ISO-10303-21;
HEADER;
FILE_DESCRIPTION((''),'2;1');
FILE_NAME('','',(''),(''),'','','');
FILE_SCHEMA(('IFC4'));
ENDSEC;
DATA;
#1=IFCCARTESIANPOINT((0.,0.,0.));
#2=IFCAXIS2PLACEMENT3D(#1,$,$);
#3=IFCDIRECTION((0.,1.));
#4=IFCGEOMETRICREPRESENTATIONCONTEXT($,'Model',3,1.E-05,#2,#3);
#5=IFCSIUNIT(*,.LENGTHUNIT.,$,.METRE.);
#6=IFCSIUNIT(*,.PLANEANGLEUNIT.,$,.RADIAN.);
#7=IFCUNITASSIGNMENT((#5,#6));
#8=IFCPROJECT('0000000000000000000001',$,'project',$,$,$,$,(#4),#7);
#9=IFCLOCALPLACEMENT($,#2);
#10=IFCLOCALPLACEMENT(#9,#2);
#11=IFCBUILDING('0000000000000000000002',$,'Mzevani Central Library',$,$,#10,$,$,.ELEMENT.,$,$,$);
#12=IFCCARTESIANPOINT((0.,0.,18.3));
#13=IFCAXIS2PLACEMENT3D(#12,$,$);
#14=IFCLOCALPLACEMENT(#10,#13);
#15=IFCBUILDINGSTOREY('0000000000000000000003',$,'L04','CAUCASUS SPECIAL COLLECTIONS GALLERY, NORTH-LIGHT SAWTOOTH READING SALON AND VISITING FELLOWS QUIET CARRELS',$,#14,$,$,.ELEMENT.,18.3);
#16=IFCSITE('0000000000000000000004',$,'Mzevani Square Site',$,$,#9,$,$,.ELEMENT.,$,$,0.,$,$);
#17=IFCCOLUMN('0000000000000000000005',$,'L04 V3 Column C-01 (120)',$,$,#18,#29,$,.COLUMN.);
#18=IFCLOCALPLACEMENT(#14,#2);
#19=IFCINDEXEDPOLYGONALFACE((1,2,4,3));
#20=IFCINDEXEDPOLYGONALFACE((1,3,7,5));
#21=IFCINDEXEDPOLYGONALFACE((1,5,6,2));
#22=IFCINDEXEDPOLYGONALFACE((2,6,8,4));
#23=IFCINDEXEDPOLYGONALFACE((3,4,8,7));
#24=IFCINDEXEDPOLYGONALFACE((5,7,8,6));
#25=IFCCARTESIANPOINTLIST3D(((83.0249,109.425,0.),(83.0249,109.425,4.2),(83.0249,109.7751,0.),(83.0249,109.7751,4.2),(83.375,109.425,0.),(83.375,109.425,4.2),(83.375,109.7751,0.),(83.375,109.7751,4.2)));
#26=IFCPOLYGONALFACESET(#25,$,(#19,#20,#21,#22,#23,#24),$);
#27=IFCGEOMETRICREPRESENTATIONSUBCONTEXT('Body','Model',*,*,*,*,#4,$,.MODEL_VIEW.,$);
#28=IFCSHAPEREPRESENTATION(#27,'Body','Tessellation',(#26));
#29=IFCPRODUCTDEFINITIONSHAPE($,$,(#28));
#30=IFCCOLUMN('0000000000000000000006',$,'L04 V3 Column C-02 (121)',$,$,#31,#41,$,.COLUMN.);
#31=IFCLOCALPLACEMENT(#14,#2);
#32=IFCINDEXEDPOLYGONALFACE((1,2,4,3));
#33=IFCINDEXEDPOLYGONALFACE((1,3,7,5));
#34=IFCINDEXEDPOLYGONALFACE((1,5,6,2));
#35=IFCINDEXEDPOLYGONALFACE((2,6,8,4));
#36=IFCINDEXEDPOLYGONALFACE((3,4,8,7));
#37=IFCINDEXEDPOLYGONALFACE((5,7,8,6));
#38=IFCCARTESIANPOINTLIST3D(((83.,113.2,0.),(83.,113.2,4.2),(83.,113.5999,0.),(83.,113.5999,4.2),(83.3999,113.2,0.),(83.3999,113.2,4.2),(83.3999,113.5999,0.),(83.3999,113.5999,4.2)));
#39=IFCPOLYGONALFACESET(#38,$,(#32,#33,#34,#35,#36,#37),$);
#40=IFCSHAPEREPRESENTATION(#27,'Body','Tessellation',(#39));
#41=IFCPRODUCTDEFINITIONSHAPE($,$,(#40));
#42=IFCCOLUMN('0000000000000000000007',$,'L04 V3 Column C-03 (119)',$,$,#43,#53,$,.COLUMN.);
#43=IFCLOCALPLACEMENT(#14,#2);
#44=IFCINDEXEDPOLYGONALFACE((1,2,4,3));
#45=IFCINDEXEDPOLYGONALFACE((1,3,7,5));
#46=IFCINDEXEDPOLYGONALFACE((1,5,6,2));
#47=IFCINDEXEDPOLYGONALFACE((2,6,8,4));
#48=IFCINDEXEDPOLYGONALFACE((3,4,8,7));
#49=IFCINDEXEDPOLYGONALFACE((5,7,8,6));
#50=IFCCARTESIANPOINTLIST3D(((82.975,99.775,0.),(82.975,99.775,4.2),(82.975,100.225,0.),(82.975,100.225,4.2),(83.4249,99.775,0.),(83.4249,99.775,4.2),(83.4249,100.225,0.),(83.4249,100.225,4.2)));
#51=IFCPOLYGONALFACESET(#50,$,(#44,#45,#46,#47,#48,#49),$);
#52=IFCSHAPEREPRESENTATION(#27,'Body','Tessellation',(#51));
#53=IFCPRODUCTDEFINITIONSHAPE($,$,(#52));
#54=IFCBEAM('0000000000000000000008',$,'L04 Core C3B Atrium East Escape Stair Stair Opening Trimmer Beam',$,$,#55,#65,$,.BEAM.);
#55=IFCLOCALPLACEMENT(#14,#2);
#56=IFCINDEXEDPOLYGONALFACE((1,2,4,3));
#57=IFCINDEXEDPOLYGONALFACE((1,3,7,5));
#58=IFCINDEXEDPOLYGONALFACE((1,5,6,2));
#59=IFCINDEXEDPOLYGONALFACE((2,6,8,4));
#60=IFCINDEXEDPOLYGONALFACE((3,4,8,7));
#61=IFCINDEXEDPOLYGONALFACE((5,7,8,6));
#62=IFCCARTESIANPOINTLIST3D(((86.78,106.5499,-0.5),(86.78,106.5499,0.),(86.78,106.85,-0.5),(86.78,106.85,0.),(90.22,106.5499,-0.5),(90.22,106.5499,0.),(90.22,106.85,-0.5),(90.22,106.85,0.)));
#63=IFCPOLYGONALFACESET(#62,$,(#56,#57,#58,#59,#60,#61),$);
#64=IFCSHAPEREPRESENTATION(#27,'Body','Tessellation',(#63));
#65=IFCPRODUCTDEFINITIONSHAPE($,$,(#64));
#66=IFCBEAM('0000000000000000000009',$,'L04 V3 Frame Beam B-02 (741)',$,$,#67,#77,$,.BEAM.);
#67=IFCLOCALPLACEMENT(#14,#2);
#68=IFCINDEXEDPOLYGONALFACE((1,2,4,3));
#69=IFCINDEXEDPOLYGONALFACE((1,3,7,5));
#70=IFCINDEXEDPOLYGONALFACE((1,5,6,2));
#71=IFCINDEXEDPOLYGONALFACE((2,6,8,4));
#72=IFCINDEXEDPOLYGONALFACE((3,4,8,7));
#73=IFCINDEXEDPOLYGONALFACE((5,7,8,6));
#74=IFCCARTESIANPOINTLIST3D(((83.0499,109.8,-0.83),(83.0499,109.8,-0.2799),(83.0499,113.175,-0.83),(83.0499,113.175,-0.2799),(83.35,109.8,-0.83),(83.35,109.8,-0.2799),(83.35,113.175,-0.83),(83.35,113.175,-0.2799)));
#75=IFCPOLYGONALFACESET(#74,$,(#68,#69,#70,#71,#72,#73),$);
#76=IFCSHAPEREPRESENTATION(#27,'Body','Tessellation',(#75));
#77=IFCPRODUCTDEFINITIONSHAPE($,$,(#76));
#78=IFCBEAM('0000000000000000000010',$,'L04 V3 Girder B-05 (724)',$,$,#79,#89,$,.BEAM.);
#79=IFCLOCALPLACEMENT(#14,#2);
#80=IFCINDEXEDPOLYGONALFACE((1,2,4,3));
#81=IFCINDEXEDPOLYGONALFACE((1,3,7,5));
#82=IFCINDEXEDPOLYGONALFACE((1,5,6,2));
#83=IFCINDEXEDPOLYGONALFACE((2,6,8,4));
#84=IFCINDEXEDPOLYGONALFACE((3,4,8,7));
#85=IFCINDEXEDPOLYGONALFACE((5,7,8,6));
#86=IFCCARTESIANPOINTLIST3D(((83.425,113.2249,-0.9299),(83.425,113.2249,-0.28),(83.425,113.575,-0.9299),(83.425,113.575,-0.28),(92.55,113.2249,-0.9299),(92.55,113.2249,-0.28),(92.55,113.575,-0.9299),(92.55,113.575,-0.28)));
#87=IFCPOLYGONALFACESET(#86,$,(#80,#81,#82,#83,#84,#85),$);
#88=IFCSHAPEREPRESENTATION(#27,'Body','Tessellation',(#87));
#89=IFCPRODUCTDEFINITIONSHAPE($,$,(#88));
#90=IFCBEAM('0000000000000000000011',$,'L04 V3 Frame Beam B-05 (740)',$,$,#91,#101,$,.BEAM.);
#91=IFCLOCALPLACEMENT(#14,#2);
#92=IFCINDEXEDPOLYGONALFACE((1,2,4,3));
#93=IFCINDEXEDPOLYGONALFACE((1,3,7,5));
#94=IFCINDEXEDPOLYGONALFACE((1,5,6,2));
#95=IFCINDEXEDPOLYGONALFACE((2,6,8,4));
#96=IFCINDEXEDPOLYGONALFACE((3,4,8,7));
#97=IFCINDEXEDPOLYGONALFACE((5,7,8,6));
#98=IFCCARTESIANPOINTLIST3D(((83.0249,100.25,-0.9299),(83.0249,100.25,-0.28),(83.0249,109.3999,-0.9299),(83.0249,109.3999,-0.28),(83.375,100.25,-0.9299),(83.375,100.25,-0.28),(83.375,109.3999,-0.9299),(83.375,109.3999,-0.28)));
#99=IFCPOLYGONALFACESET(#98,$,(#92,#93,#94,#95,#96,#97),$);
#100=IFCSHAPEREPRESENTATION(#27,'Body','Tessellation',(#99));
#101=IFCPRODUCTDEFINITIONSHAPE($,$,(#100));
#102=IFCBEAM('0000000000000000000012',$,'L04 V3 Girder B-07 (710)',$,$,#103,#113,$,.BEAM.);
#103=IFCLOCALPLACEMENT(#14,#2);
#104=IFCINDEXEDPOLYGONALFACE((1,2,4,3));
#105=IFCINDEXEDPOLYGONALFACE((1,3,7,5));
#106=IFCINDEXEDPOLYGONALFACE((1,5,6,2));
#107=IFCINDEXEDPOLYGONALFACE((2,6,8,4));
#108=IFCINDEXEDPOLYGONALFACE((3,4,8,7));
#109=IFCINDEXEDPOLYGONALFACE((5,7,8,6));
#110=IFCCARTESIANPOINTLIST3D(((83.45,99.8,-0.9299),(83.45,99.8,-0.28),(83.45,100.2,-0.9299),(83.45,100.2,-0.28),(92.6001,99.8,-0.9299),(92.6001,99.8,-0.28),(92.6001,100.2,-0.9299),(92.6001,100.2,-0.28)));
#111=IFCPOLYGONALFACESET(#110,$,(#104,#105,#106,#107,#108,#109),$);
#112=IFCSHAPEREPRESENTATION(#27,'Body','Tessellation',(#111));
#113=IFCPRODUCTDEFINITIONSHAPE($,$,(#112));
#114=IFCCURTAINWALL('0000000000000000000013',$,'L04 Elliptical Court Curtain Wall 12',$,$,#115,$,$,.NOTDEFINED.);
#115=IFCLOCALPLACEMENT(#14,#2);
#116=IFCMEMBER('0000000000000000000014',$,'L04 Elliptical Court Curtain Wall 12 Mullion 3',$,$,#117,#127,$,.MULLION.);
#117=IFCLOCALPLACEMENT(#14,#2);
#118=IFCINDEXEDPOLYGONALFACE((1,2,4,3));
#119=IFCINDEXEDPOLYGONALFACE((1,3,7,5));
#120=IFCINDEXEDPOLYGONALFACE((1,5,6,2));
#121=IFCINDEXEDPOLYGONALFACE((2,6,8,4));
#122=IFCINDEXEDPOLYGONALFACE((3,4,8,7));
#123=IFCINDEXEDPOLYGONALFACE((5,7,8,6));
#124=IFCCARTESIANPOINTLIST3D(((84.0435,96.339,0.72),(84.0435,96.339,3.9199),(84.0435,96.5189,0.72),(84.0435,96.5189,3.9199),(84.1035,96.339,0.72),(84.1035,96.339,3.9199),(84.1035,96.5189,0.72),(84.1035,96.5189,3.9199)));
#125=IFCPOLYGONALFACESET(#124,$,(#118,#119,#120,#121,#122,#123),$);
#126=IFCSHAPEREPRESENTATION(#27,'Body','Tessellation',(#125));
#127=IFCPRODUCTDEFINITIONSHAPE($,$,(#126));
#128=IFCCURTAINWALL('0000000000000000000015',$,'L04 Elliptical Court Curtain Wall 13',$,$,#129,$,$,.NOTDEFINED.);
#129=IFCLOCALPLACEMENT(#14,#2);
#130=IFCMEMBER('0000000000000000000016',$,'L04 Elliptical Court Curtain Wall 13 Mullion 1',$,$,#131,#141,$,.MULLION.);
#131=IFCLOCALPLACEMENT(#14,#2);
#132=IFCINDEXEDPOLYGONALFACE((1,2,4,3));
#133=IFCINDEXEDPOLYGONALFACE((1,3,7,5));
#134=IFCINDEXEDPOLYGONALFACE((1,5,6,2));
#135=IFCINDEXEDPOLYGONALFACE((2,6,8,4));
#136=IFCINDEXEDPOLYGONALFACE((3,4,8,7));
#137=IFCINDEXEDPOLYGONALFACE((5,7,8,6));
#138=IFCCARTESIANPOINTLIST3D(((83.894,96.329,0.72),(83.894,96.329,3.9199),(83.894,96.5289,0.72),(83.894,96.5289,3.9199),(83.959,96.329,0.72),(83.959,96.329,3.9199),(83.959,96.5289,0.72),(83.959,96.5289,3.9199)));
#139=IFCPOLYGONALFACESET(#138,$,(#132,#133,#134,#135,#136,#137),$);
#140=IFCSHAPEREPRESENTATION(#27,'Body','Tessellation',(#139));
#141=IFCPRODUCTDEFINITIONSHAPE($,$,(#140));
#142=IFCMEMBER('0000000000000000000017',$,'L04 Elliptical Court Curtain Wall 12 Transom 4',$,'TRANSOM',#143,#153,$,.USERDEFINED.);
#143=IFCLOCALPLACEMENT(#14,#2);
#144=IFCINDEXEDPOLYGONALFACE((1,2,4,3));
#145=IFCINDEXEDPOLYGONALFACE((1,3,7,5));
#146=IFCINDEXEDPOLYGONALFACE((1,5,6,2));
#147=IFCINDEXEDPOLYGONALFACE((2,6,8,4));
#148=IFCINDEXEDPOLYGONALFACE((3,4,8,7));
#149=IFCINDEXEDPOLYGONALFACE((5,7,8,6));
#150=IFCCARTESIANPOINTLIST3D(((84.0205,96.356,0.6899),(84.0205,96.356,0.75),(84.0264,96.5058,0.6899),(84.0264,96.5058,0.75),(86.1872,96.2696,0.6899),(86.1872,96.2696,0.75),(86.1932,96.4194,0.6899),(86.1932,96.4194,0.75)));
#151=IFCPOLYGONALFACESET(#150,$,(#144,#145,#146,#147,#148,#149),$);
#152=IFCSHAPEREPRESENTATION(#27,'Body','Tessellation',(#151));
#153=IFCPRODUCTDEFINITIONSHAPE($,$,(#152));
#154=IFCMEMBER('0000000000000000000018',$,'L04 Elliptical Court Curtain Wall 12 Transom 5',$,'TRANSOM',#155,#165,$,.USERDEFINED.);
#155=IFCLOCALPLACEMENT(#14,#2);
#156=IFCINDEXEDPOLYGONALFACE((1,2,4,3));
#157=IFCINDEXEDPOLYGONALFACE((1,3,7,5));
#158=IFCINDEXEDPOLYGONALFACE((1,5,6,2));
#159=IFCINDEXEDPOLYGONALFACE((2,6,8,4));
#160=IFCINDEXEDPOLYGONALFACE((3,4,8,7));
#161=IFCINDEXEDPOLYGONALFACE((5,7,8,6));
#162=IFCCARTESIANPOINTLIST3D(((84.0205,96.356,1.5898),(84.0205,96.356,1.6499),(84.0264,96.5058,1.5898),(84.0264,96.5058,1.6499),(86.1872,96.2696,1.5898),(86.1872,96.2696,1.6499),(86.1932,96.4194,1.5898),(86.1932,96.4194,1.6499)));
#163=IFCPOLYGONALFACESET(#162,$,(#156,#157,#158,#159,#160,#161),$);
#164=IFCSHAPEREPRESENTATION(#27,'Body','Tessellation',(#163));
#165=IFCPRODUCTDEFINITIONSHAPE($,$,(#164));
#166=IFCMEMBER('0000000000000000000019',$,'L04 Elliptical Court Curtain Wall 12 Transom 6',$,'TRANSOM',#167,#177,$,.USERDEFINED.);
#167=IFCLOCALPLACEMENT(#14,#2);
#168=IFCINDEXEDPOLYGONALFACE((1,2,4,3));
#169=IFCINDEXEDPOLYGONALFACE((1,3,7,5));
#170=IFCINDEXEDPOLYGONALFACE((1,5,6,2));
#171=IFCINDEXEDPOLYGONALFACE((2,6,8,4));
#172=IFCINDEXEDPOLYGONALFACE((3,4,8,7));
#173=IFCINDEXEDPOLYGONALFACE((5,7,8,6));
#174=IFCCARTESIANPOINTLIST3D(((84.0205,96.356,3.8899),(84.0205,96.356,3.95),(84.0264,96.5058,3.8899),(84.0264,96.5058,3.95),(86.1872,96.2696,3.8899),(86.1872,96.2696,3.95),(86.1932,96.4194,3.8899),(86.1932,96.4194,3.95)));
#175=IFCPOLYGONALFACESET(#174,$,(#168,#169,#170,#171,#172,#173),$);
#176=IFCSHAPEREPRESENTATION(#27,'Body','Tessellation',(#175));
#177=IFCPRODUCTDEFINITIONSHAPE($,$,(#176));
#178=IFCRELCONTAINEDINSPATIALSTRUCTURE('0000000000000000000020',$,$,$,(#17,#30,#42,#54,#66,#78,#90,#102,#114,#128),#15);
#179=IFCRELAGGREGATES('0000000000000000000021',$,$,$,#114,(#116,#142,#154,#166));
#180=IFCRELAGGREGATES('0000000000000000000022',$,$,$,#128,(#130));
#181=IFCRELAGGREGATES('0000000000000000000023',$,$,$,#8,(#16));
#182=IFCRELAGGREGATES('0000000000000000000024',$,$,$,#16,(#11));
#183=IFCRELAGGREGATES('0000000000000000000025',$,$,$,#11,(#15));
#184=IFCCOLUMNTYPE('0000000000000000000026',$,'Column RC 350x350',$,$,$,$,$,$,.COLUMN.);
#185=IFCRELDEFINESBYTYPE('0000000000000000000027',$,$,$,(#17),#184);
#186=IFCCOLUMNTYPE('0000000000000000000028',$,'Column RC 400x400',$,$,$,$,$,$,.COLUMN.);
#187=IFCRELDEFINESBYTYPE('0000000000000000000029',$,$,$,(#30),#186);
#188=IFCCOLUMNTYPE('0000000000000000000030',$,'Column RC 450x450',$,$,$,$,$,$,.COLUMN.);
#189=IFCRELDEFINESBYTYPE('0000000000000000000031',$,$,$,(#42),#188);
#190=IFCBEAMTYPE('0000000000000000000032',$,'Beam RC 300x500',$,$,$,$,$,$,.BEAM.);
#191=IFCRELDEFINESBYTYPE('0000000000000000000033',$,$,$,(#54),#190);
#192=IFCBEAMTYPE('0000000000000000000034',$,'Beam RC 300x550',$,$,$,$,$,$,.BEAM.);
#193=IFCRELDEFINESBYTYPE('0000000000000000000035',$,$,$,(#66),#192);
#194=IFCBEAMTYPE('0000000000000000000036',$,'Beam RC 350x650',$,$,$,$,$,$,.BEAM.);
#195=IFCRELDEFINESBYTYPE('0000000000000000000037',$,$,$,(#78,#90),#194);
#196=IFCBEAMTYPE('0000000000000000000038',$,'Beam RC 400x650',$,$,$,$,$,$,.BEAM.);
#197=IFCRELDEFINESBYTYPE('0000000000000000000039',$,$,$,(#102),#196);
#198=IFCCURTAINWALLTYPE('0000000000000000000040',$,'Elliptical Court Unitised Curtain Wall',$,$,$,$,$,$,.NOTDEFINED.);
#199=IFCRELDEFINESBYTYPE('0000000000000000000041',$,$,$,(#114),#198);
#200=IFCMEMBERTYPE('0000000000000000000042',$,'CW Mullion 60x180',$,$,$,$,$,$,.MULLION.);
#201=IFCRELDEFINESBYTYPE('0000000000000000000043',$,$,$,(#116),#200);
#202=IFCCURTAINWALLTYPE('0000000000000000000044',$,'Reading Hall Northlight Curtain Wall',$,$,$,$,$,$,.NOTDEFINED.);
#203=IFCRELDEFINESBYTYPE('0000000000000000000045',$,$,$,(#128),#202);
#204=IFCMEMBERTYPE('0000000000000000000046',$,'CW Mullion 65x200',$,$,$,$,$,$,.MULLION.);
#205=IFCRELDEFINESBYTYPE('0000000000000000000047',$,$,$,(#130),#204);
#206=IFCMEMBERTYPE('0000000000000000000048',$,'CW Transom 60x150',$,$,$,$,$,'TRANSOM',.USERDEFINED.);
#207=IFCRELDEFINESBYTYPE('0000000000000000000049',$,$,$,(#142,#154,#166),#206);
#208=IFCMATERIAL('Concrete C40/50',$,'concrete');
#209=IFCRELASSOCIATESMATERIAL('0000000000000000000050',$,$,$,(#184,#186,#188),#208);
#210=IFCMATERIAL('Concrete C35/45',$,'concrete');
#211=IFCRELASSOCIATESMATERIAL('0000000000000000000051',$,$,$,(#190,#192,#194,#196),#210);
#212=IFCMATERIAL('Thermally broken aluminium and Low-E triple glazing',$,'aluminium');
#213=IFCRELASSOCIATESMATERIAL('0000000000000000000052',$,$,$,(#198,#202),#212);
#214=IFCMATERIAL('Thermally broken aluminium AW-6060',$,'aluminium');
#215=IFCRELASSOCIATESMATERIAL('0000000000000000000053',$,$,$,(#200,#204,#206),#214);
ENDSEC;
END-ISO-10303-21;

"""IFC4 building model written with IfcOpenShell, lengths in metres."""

from ifc_helpers import new_model, si_unit, direction, frame, origin, origin_2d, place, context, subcontext, project, spatial, rectangle, extrude, material, material_profile, profile_set, type_object, element, aggregate, save


model = new_model("IFC4")

# Units and contexts
model_context = context("Model", 3, precision=1e-05, world=origin(), true_north=direction((0.0, 1.0)))
body_context = subcontext(model_context, "Body", "Model", "MODEL_VIEW")
ifc_project = project(units=[si_unit("LENGTHUNIT", "METRE"), si_unit("PLANEANGLEUNIT", "RADIAN")], contexts=[model_context])

# Site, building, storey
site_placement = place(None, origin())
site = spatial("IfcSite", under=ifc_project, at=site_placement, Name="Mzevani Square Site", CompositionType="ELEMENT", RefElevation=0.0)
building_placement = place(site_placement, origin())
building = spatial("IfcBuilding", under=site, at=building_placement, Name="Mzevani Central Library", CompositionType="ELEMENT")
storey_placement = place(building_placement, frame((0.0, 0.0, 18.3)))
storey = spatial("IfcBuildingStorey", under=building, at=storey_placement, Name="L04", Description="CAUCASUS SPECIAL COLLECTIONS GALLERY, NORTH-LIGHT SAWTOOTH READING SALON AND VISITING FELLOWS QUIET CARRELS", CompositionType="ELEMENT", Elevation=18.3)

# Columns
ifc_material_1 = material(Name="Concrete C40/50", Category="concrete")
ifc_material_profile_1 = material_profile(ifc_material_1, rectangle(XDim=0.3501, YDim=0.3501, at=origin_2d()), Name="RC 350x350")
ifc_profile_set_1 = profile_set([ifc_material_profile_1], Name="Concrete C40/50")
column_type_1 = type_object("IfcColumnType", Name="Column RC 350x350", PredefinedType="COLUMN", material=ifc_profile_set_1)
column_1_placement = place(storey_placement, frame((83.2, 109.6001, 0.0), z_axis=(0.0, 0.0, 1.0), x_axis=(1.0, 0.0, 0.0)))
element("IfcColumn", 1, at=column_1_placement, inside=storey, type_object=column_type_1, Name="L04 V3 Column C-01 (120)", PredefinedType="COLUMN", context=body_context, shape_type="SweptSolid", body=[
    extrude(rectangle(XDim=0.3501, YDim=0.3501, at=origin_2d()), origin(), (0.0, 0.0, 1.0), 4.2),
])
ifc_material_profile_2 = material_profile(ifc_material_1, rectangle(XDim=0.3999, YDim=0.3999, at=origin_2d()), Name="RC 400x400")
ifc_profile_set_2 = profile_set([ifc_material_profile_2], Name="Concrete C40/50")
column_type_2 = type_object("IfcColumnType", Name="Column RC 400x400", PredefinedType="COLUMN", material=ifc_profile_set_2)
column_2_placement = place(storey_placement, frame((83.2, 113.3999, 0.0), z_axis=(0.0, 0.0, 1.0), x_axis=(1.0, 0.0, 0.0)))
element("IfcColumn", 2, at=column_2_placement, inside=storey, type_object=column_type_2, Name="L04 V3 Column C-02 (121)", PredefinedType="COLUMN", context=body_context, shape_type="SweptSolid", body=[
    extrude(rectangle(XDim=0.3999, YDim=0.3999, at=origin_2d()), origin(), (0.0, 0.0, 1.0), 4.2),
])
ifc_material_profile_3 = material_profile(ifc_material_1, rectangle(XDim=0.45, YDim=0.45, at=origin_2d()), Name="RC 450x450")
ifc_profile_set_3 = profile_set([ifc_material_profile_3], Name="Concrete C40/50")
column_type_3 = type_object("IfcColumnType", Name="Column RC 450x450", PredefinedType="COLUMN", material=ifc_profile_set_3)
column_3_placement = place(storey_placement, frame((83.2, 100.0, 0.0), z_axis=(0.0, 0.0, 1.0), x_axis=(1.0, 0.0, 0.0)))
element("IfcColumn", 3, at=column_3_placement, inside=storey, type_object=column_type_3, Name="L04 V3 Column C-03 (119)", PredefinedType="COLUMN", context=body_context, shape_type="SweptSolid", body=[
    extrude(rectangle(XDim=0.45, YDim=0.45, at=origin_2d()), origin(), (0.0, 0.0, 1.0), 4.2),
])

# Beams
ifc_material_2 = material(Name="Concrete C35/45", Category="concrete")
ifc_material_profile_4 = material_profile(ifc_material_2, rectangle(XDim=0.3, YDim=0.5, at=origin_2d()), Name="RC B300x500")
ifc_profile_set_4 = profile_set([ifc_material_profile_4], Name="Concrete C35/45")
beam_type_1 = type_object("IfcBeamType", Name="Beam RC 300x500", PredefinedType="BEAM", material=ifc_profile_set_4)
beam_1_placement = place(storey_placement, frame((86.78, 106.7, -0.25), z_axis=(1.0, 0.0, 0.0), x_axis=(0.0, 1.0, 0.0)))
element("IfcBeam", 4, at=beam_1_placement, inside=storey, type_object=beam_type_1, Name="L04 Core C3B Atrium East Escape Stair Stair Opening Trimmer Beam", PredefinedType="BEAM", context=body_context, shape_type="SweptSolid", body=[
    extrude(rectangle(XDim=0.3, YDim=0.5, at=origin_2d()), origin(), (0.0, 0.0, 1.0), 3.4399),
])
ifc_material_profile_5 = material_profile(ifc_material_2, rectangle(XDim=0.3, YDim=0.55, at=origin_2d()), Name="RC B300x550")
ifc_profile_set_5 = profile_set([ifc_material_profile_5], Name="Concrete C35/45")
beam_type_2 = type_object("IfcBeamType", Name="Beam RC 300x550", PredefinedType="BEAM", material=ifc_profile_set_5)
beam_2_placement = place(storey_placement, frame((83.2, 109.8, -0.5549), z_axis=(0.0, 1.0, 0.0), x_axis=(-1.0, 0.0, 0.0)))
element("IfcBeam", 5, at=beam_2_placement, inside=storey, type_object=beam_type_2, Name="L04 V3 Frame Beam B-02 (741)", PredefinedType="BEAM", context=body_context, shape_type="SweptSolid", body=[
    extrude(rectangle(XDim=0.3, YDim=0.55, at=origin_2d()), origin(), (0.0, 0.0, 1.0), 3.375),
])
ifc_material_profile_6 = material_profile(ifc_material_2, rectangle(XDim=0.3501, YDim=0.6499, at=origin_2d()), Name="RC B350x650")
ifc_profile_set_6 = profile_set([ifc_material_profile_6], Name="Concrete C35/45")
beam_type_3 = type_object("IfcBeamType", Name="Beam RC 350x650", PredefinedType="BEAM", material=ifc_profile_set_6)
beam_3_placement = place(storey_placement, frame((83.425, 113.3999, -0.605), z_axis=(1.0, 0.0, 0.0), x_axis=(0.0, 1.0, 0.0)))
element("IfcBeam", 6, at=beam_3_placement, inside=storey, type_object=beam_type_3, Name="L04 V3 Girder B-05 (724)", PredefinedType="BEAM", context=body_context, shape_type="SweptSolid", body=[
    extrude(rectangle(XDim=0.3501, YDim=0.6499, at=origin_2d()), origin(), (0.0, 0.0, 1.0), 9.125),
])
beam_4_placement = place(storey_placement, frame((83.2, 100.25, -0.605), z_axis=(0.0, 1.0, 0.0), x_axis=(-1.0, 0.0, 0.0)))
element("IfcBeam", 7, at=beam_4_placement, inside=storey, type_object=beam_type_3, Name="L04 V3 Frame Beam B-05 (740)", PredefinedType="BEAM", context=body_context, shape_type="SweptSolid", body=[
    extrude(rectangle(XDim=0.3501, YDim=0.6499, at=origin_2d()), origin(), (0.0, 0.0, 1.0), 9.1499),
])
ifc_material_profile_7 = material_profile(ifc_material_2, rectangle(XDim=0.3999, YDim=0.6499, at=origin_2d()), Name="RC B400x650")
ifc_profile_set_7 = profile_set([ifc_material_profile_7], Name="Concrete C35/45")
beam_type_4 = type_object("IfcBeamType", Name="Beam RC 400x650", PredefinedType="BEAM", material=ifc_profile_set_7)
beam_5_placement = place(storey_placement, frame((83.45, 100.0, -0.605), z_axis=(1.0, 0.0, 0.0), x_axis=(0.0, 1.0, 0.0)))
element("IfcBeam", 8, at=beam_5_placement, inside=storey, type_object=beam_type_4, Name="L04 V3 Girder B-07 (710)", PredefinedType="BEAM", context=body_context, shape_type="SweptSolid", body=[
    extrude(rectangle(XDim=0.3999, YDim=0.6499, at=origin_2d()), origin(), (0.0, 0.0, 1.0), 9.1501),
])

# Curtain walls, members
ifc_material_3 = material(Name="Thermally broken aluminium and Low-E triple glazing", Category="aluminium")
curtain_wall_type_1 = type_object("IfcCurtainWallType", Name="Elliptical Court Unitised Curtain Wall", PredefinedType="NOTDEFINED", material=ifc_material_3)
curtain_wall_1_placement = place(storey_placement, origin())
curtain_wall_1 = element("IfcCurtainWall", 9, at=curtain_wall_1_placement, inside=storey, type_object=curtain_wall_type_1, Name="L04 Elliptical Court Curtain Wall 12", PredefinedType="NOTDEFINED")
ifc_material_4 = material(Name="Thermally broken aluminium AW-6060", Category="aluminium")
ifc_material_profile_8 = material_profile(ifc_material_4, rectangle(XDim=0.0601, YDim=0.1799, at=origin_2d()), Name="ALU M60x180")
ifc_profile_set_8 = profile_set([ifc_material_profile_8], Name="Thermally broken aluminium AW-6060")
member_type_1 = type_object("IfcMemberType", Name="CW Mullion 60x180", PredefinedType="MULLION", material=ifc_profile_set_8)
member_1_placement = place(storey_placement, frame((84.0735, 96.429, 0.72), z_axis=(0.0, 0.0, 1.0), x_axis=(1.0, 0.0, 0.0)))
member_1 = element("IfcMember", 10, at=member_1_placement, type_object=member_type_1, Name="L04 Elliptical Court Curtain Wall 12 Mullion 3", PredefinedType="MULLION", context=body_context, shape_type="SweptSolid", body=[
    extrude(rectangle(XDim=0.0601, YDim=0.1799, at=origin_2d()), origin(), (0.0, 0.0, 1.0), 3.2),
])
curtain_wall_type_2 = type_object("IfcCurtainWallType", Name="Reading Hall Northlight Curtain Wall", PredefinedType="NOTDEFINED", material=ifc_material_3)
curtain_wall_2_placement = place(storey_placement, origin())
curtain_wall_2 = element("IfcCurtainWall", 11, at=curtain_wall_2_placement, inside=storey, type_object=curtain_wall_type_2, Name="L04 Elliptical Court Curtain Wall 13", PredefinedType="NOTDEFINED")
ifc_material_profile_9 = material_profile(ifc_material_4, rectangle(XDim=0.0649, YDim=0.2, at=origin_2d()), Name="ALU M65x200")
ifc_profile_set_9 = profile_set([ifc_material_profile_9], Name="Thermally broken aluminium AW-6060")
member_type_2 = type_object("IfcMemberType", Name="CW Mullion 65x200", PredefinedType="MULLION", material=ifc_profile_set_9)
member_2_placement = place(storey_placement, frame((83.9265, 96.429, 0.72), z_axis=(0.0, 0.0, 1.0), x_axis=(1.0, 0.0, 0.0)))
member_2 = element("IfcMember", 12, at=member_2_placement, type_object=member_type_2, Name="L04 Elliptical Court Curtain Wall 13 Mullion 1", PredefinedType="MULLION", context=body_context, shape_type="SweptSolid", body=[
    extrude(rectangle(XDim=0.0649, YDim=0.2, at=origin_2d()), origin(), (0.0, 0.0, 1.0), 3.2),
])

# Members
ifc_material_profile_10 = material_profile(ifc_material_4, rectangle(XDim=0.1499, YDim=0.0601, at=origin_2d()), Name="ALU T60x150")
ifc_profile_set_10 = profile_set([ifc_material_profile_10], Name="Thermally broken aluminium AW-6060")
member_type_3 = type_object("IfcMemberType", Name="CW Transom 60x150", ElementType="TRANSOM", PredefinedType="USERDEFINED", material=ifc_profile_set_10)
member_3_placement = place(storey_placement, frame((86.1902, 96.3445, 0.72), z_axis=(-0.999205, 0.039856, 0.0), x_axis=(-0.039856, -0.999205, 0.0)))
member_3 = element("IfcMember", 13, at=member_3_placement, type_object=member_type_3, Name="L04 Elliptical Court Curtain Wall 12 Transom 4", ObjectType="TRANSOM", PredefinedType="USERDEFINED", context=body_context, shape_type="SweptSolid", body=[
    extrude(rectangle(XDim=0.1499, YDim=0.0601, at=origin_2d()), origin(), (0.0, 0.0, 1.0), 2.1685),
])
member_4_placement = place(storey_placement, frame((86.1902, 96.3445, 1.6199), z_axis=(-0.999205, 0.039856, 0.0), x_axis=(-0.039856, -0.999205, 0.0)))
member_4 = element("IfcMember", 14, at=member_4_placement, type_object=member_type_3, Name="L04 Elliptical Court Curtain Wall 12 Transom 5", ObjectType="TRANSOM", PredefinedType="USERDEFINED", context=body_context, shape_type="SweptSolid", body=[
    extrude(rectangle(XDim=0.1499, YDim=0.0601, at=origin_2d()), origin(), (0.0, 0.0, 1.0), 2.1685),
])
member_5_placement = place(storey_placement, frame((86.1902, 96.3445, 3.9199), z_axis=(-0.999205, 0.039856, 0.0), x_axis=(-0.039856, -0.999205, 0.0)))
member_5 = element("IfcMember", 15, at=member_5_placement, type_object=member_type_3, Name="L04 Elliptical Court Curtain Wall 12 Transom 6", ObjectType="TRANSOM", PredefinedType="USERDEFINED", context=body_context, shape_type="SweptSolid", body=[
    extrude(rectangle(XDim=0.1499, YDim=0.0601, at=origin_2d()), origin(), (0.0, 0.0, 1.0), 2.1685),
])

aggregate(curtain_wall_1, [member_1, member_3, member_4, member_5])
aggregate(curtain_wall_2, [member_2])

save(model, "model.ifc")
